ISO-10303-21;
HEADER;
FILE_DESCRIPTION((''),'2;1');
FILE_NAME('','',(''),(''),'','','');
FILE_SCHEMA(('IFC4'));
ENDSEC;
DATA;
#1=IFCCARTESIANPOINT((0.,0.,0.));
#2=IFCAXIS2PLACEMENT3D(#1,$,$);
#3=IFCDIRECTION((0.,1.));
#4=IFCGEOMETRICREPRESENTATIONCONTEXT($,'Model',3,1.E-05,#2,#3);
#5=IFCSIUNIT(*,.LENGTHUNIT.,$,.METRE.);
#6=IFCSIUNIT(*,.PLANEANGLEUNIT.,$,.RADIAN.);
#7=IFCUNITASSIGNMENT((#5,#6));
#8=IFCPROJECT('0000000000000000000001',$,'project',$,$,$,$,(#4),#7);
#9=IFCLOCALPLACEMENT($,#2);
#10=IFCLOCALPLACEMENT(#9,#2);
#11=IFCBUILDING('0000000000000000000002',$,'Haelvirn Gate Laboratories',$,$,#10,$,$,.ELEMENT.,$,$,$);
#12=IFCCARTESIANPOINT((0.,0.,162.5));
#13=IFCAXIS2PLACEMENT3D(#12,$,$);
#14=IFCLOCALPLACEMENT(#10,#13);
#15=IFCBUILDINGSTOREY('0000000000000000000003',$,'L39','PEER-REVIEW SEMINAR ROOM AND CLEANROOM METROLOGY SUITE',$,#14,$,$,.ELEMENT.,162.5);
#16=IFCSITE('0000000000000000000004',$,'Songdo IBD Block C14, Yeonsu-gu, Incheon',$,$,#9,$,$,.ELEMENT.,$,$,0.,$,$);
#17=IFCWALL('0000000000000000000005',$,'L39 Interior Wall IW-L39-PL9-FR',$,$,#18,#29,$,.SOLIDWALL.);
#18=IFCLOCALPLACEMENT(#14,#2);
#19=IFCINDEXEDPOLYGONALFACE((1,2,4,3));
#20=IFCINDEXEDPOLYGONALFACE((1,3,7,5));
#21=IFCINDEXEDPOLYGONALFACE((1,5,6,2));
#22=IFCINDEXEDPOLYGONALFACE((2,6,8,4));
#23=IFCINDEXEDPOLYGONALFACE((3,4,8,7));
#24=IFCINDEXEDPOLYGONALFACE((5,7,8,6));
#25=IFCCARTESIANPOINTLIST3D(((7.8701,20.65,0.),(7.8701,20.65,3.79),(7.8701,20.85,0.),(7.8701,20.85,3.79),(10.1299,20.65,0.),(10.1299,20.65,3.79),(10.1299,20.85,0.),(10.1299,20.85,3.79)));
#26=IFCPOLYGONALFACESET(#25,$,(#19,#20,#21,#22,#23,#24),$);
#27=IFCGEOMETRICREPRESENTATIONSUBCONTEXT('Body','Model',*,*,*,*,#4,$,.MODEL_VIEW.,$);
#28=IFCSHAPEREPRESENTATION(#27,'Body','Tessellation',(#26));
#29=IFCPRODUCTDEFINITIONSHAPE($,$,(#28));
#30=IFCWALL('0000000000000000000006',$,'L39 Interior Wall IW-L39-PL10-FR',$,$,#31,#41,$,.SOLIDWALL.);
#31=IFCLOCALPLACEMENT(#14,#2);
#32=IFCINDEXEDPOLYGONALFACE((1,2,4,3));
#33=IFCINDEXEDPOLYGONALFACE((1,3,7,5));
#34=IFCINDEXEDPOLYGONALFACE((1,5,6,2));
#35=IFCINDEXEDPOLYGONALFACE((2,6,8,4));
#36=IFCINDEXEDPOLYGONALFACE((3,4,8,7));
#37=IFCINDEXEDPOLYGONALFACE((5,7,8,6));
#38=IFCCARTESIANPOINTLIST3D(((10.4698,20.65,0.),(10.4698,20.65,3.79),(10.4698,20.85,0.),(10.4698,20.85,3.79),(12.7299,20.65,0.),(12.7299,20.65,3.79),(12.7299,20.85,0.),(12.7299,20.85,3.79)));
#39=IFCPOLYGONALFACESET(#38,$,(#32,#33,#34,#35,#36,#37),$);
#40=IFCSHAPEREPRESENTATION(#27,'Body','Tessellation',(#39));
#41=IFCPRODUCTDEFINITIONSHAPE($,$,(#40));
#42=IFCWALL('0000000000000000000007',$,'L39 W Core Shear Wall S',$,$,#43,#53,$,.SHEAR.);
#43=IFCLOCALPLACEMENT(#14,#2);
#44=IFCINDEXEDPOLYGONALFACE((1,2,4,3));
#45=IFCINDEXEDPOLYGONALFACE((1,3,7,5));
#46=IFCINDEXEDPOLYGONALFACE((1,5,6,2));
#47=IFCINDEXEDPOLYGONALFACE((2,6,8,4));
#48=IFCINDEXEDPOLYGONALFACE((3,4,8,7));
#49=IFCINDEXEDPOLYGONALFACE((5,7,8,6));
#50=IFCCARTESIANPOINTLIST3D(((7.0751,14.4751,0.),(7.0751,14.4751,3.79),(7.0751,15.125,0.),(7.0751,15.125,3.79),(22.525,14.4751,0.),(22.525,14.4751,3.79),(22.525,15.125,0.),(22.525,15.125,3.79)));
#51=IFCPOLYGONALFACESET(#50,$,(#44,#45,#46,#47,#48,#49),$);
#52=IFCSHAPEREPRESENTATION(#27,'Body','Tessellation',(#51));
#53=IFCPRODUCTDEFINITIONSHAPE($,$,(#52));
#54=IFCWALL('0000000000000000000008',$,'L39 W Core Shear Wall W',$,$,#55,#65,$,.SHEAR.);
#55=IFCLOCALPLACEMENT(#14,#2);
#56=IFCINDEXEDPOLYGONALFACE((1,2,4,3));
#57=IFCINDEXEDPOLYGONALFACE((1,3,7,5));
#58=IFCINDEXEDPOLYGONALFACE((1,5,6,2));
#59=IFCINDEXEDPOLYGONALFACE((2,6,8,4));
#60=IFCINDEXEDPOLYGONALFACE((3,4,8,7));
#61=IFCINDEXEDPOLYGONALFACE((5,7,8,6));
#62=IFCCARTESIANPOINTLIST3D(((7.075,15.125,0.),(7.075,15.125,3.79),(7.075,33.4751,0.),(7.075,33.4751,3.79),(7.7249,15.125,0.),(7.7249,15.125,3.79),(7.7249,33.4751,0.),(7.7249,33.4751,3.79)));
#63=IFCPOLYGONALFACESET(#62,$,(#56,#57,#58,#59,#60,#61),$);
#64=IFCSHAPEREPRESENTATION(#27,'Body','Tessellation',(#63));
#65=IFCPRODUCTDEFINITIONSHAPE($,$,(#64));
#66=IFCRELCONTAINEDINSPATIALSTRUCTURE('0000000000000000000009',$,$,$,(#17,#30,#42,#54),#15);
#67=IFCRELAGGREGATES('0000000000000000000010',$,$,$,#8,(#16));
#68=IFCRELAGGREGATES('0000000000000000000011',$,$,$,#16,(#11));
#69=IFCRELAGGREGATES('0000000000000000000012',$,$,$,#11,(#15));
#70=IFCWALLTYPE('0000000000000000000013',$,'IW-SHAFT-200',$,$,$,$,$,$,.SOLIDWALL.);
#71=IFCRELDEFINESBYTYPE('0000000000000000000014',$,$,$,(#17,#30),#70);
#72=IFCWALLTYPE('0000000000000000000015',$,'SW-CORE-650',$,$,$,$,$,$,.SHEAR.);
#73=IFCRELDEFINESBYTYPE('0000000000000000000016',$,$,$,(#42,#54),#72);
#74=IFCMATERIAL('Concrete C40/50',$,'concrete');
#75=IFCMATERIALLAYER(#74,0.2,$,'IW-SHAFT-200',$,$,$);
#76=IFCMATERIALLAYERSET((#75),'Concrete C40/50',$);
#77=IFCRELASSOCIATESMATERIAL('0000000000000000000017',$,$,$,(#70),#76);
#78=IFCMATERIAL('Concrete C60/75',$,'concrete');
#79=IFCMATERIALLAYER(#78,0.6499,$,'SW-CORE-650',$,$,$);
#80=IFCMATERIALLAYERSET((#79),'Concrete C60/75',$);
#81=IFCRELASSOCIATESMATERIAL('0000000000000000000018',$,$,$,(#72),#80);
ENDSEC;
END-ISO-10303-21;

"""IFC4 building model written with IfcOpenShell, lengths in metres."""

from ifc_helpers import new_model, si_unit, direction, frame, frame_2d, origin, place, context, subcontext, project, spatial, rectangle, extrude, material, layer, layer_set, type_object, element, save


model = new_model("IFC4")

# Units and contexts
model_context = context("Model", 3, precision=1e-05, world=origin(), true_north=direction((0.0, 1.0)))
body_context = subcontext(model_context, "Body", "Model", "MODEL_VIEW")
ifc_project = project(units=[si_unit("LENGTHUNIT", "METRE"), si_unit("PLANEANGLEUNIT", "RADIAN")], contexts=[model_context])

# Site, building, storey
site_placement = place(None, origin())
site = spatial("IfcSite", under=ifc_project, at=site_placement, Name="Songdo IBD Block C14, Yeonsu-gu, Incheon", CompositionType="ELEMENT", RefElevation=0.0)
building_placement = place(site_placement, origin())
building = spatial("IfcBuilding", under=site, at=building_placement, Name="Haelvirn Gate Laboratories", CompositionType="ELEMENT")
storey_placement = place(building_placement, frame((0.0, 0.0, 162.5)))
storey = spatial("IfcBuildingStorey", under=building, at=storey_placement, Name="L39", Description="PEER-REVIEW SEMINAR ROOM AND CLEANROOM METROLOGY SUITE", CompositionType="ELEMENT", Elevation=162.5)

# Shared definitions
ifc_material_1 = material(Name="Concrete C60/75", Category="concrete")

# Shared definitions
ifc_material_2 = material(Name="Concrete C40/50", Category="concrete")

# Shared definitions
ifc_layer_1 = layer(ifc_material_2, 0.2, Name="IW-SHAFT-200")
ifc_layer_set_1 = layer_set([ifc_layer_1], Name="Concrete C40/50")
wall_type_1 = type_object("IfcWallType", Name="IW-SHAFT-200", PredefinedType="SOLIDWALL", material=ifc_layer_set_1)

# Walls
wall_1_placement = place(storey_placement, frame((7.8701, 20.75, 0.0), z_axis=(0.0, 0.0, 1.0), x_axis=(1.0, 0.0, 0.0)))
element("IfcWall", 1, at=wall_1_placement, inside=storey, type_object=wall_type_1, Name="L39 Interior Wall IW-L39-PL9-FR", PredefinedType="SOLIDWALL", context=body_context, shape_type="SweptSolid", body=[
    extrude(rectangle(XDim=2.2598, YDim=0.2, at=frame_2d((1.1299, 0.0))), origin(), (0.0, 0.0, 1.0), 3.79),
])
wall_2_placement = place(storey_placement, frame((10.47, 20.75, 0.0), z_axis=(0.0, 0.0, 1.0), x_axis=(1.0, 0.0, 0.0)))
element("IfcWall", 2, at=wall_2_placement, inside=storey, type_object=wall_type_1, Name="L39 Interior Wall IW-L39-PL10-FR", PredefinedType="SOLIDWALL", context=body_context, shape_type="SweptSolid", body=[
    extrude(rectangle(XDim=2.26, YDim=0.2, at=frame_2d((1.1299, 0.0))), origin(), (0.0, 0.0, 1.0), 3.79),
])
ifc_layer_2 = layer(ifc_material_1, 0.6499, Name="SW-CORE-650")
ifc_layer_set_2 = layer_set([ifc_layer_2], Name="Concrete C60/75")
wall_type_2 = type_object("IfcWallType", Name="SW-CORE-650", PredefinedType="SHEAR", material=ifc_layer_set_2)
wall_3_placement = place(storey_placement, frame((7.075, 14.8, 0.0), z_axis=(0.0, 0.0, 1.0), x_axis=(1.0, 0.0, 0.0)))
element("IfcWall", 3, at=wall_3_placement, inside=storey, type_object=wall_type_2, Name="L39 W Core Shear Wall S", PredefinedType="SHEAR", context=body_context, shape_type="SweptSolid", body=[
    extrude(rectangle(XDim=15.45, YDim=0.6499, at=frame_2d((7.7251, 0.0))), origin(), (0.0, 0.0, 1.0), 3.79),
])
wall_4_placement = place(storey_placement, frame((7.3999, 15.125, 0.0), z_axis=(0.0, 0.0, 1.0), x_axis=(0.0, 1.0, 0.0)))
element("IfcWall", 4, at=wall_4_placement, inside=storey, type_object=wall_type_2, Name="L39 W Core Shear Wall W", PredefinedType="SHEAR", context=body_context, shape_type="SweptSolid", body=[
    extrude(rectangle(XDim=18.3501, YDim=0.6499, at=frame_2d((9.175, 0.0))), origin(), (0.0, 0.0, 1.0), 3.79),
])

save(model, "model.ifc")
